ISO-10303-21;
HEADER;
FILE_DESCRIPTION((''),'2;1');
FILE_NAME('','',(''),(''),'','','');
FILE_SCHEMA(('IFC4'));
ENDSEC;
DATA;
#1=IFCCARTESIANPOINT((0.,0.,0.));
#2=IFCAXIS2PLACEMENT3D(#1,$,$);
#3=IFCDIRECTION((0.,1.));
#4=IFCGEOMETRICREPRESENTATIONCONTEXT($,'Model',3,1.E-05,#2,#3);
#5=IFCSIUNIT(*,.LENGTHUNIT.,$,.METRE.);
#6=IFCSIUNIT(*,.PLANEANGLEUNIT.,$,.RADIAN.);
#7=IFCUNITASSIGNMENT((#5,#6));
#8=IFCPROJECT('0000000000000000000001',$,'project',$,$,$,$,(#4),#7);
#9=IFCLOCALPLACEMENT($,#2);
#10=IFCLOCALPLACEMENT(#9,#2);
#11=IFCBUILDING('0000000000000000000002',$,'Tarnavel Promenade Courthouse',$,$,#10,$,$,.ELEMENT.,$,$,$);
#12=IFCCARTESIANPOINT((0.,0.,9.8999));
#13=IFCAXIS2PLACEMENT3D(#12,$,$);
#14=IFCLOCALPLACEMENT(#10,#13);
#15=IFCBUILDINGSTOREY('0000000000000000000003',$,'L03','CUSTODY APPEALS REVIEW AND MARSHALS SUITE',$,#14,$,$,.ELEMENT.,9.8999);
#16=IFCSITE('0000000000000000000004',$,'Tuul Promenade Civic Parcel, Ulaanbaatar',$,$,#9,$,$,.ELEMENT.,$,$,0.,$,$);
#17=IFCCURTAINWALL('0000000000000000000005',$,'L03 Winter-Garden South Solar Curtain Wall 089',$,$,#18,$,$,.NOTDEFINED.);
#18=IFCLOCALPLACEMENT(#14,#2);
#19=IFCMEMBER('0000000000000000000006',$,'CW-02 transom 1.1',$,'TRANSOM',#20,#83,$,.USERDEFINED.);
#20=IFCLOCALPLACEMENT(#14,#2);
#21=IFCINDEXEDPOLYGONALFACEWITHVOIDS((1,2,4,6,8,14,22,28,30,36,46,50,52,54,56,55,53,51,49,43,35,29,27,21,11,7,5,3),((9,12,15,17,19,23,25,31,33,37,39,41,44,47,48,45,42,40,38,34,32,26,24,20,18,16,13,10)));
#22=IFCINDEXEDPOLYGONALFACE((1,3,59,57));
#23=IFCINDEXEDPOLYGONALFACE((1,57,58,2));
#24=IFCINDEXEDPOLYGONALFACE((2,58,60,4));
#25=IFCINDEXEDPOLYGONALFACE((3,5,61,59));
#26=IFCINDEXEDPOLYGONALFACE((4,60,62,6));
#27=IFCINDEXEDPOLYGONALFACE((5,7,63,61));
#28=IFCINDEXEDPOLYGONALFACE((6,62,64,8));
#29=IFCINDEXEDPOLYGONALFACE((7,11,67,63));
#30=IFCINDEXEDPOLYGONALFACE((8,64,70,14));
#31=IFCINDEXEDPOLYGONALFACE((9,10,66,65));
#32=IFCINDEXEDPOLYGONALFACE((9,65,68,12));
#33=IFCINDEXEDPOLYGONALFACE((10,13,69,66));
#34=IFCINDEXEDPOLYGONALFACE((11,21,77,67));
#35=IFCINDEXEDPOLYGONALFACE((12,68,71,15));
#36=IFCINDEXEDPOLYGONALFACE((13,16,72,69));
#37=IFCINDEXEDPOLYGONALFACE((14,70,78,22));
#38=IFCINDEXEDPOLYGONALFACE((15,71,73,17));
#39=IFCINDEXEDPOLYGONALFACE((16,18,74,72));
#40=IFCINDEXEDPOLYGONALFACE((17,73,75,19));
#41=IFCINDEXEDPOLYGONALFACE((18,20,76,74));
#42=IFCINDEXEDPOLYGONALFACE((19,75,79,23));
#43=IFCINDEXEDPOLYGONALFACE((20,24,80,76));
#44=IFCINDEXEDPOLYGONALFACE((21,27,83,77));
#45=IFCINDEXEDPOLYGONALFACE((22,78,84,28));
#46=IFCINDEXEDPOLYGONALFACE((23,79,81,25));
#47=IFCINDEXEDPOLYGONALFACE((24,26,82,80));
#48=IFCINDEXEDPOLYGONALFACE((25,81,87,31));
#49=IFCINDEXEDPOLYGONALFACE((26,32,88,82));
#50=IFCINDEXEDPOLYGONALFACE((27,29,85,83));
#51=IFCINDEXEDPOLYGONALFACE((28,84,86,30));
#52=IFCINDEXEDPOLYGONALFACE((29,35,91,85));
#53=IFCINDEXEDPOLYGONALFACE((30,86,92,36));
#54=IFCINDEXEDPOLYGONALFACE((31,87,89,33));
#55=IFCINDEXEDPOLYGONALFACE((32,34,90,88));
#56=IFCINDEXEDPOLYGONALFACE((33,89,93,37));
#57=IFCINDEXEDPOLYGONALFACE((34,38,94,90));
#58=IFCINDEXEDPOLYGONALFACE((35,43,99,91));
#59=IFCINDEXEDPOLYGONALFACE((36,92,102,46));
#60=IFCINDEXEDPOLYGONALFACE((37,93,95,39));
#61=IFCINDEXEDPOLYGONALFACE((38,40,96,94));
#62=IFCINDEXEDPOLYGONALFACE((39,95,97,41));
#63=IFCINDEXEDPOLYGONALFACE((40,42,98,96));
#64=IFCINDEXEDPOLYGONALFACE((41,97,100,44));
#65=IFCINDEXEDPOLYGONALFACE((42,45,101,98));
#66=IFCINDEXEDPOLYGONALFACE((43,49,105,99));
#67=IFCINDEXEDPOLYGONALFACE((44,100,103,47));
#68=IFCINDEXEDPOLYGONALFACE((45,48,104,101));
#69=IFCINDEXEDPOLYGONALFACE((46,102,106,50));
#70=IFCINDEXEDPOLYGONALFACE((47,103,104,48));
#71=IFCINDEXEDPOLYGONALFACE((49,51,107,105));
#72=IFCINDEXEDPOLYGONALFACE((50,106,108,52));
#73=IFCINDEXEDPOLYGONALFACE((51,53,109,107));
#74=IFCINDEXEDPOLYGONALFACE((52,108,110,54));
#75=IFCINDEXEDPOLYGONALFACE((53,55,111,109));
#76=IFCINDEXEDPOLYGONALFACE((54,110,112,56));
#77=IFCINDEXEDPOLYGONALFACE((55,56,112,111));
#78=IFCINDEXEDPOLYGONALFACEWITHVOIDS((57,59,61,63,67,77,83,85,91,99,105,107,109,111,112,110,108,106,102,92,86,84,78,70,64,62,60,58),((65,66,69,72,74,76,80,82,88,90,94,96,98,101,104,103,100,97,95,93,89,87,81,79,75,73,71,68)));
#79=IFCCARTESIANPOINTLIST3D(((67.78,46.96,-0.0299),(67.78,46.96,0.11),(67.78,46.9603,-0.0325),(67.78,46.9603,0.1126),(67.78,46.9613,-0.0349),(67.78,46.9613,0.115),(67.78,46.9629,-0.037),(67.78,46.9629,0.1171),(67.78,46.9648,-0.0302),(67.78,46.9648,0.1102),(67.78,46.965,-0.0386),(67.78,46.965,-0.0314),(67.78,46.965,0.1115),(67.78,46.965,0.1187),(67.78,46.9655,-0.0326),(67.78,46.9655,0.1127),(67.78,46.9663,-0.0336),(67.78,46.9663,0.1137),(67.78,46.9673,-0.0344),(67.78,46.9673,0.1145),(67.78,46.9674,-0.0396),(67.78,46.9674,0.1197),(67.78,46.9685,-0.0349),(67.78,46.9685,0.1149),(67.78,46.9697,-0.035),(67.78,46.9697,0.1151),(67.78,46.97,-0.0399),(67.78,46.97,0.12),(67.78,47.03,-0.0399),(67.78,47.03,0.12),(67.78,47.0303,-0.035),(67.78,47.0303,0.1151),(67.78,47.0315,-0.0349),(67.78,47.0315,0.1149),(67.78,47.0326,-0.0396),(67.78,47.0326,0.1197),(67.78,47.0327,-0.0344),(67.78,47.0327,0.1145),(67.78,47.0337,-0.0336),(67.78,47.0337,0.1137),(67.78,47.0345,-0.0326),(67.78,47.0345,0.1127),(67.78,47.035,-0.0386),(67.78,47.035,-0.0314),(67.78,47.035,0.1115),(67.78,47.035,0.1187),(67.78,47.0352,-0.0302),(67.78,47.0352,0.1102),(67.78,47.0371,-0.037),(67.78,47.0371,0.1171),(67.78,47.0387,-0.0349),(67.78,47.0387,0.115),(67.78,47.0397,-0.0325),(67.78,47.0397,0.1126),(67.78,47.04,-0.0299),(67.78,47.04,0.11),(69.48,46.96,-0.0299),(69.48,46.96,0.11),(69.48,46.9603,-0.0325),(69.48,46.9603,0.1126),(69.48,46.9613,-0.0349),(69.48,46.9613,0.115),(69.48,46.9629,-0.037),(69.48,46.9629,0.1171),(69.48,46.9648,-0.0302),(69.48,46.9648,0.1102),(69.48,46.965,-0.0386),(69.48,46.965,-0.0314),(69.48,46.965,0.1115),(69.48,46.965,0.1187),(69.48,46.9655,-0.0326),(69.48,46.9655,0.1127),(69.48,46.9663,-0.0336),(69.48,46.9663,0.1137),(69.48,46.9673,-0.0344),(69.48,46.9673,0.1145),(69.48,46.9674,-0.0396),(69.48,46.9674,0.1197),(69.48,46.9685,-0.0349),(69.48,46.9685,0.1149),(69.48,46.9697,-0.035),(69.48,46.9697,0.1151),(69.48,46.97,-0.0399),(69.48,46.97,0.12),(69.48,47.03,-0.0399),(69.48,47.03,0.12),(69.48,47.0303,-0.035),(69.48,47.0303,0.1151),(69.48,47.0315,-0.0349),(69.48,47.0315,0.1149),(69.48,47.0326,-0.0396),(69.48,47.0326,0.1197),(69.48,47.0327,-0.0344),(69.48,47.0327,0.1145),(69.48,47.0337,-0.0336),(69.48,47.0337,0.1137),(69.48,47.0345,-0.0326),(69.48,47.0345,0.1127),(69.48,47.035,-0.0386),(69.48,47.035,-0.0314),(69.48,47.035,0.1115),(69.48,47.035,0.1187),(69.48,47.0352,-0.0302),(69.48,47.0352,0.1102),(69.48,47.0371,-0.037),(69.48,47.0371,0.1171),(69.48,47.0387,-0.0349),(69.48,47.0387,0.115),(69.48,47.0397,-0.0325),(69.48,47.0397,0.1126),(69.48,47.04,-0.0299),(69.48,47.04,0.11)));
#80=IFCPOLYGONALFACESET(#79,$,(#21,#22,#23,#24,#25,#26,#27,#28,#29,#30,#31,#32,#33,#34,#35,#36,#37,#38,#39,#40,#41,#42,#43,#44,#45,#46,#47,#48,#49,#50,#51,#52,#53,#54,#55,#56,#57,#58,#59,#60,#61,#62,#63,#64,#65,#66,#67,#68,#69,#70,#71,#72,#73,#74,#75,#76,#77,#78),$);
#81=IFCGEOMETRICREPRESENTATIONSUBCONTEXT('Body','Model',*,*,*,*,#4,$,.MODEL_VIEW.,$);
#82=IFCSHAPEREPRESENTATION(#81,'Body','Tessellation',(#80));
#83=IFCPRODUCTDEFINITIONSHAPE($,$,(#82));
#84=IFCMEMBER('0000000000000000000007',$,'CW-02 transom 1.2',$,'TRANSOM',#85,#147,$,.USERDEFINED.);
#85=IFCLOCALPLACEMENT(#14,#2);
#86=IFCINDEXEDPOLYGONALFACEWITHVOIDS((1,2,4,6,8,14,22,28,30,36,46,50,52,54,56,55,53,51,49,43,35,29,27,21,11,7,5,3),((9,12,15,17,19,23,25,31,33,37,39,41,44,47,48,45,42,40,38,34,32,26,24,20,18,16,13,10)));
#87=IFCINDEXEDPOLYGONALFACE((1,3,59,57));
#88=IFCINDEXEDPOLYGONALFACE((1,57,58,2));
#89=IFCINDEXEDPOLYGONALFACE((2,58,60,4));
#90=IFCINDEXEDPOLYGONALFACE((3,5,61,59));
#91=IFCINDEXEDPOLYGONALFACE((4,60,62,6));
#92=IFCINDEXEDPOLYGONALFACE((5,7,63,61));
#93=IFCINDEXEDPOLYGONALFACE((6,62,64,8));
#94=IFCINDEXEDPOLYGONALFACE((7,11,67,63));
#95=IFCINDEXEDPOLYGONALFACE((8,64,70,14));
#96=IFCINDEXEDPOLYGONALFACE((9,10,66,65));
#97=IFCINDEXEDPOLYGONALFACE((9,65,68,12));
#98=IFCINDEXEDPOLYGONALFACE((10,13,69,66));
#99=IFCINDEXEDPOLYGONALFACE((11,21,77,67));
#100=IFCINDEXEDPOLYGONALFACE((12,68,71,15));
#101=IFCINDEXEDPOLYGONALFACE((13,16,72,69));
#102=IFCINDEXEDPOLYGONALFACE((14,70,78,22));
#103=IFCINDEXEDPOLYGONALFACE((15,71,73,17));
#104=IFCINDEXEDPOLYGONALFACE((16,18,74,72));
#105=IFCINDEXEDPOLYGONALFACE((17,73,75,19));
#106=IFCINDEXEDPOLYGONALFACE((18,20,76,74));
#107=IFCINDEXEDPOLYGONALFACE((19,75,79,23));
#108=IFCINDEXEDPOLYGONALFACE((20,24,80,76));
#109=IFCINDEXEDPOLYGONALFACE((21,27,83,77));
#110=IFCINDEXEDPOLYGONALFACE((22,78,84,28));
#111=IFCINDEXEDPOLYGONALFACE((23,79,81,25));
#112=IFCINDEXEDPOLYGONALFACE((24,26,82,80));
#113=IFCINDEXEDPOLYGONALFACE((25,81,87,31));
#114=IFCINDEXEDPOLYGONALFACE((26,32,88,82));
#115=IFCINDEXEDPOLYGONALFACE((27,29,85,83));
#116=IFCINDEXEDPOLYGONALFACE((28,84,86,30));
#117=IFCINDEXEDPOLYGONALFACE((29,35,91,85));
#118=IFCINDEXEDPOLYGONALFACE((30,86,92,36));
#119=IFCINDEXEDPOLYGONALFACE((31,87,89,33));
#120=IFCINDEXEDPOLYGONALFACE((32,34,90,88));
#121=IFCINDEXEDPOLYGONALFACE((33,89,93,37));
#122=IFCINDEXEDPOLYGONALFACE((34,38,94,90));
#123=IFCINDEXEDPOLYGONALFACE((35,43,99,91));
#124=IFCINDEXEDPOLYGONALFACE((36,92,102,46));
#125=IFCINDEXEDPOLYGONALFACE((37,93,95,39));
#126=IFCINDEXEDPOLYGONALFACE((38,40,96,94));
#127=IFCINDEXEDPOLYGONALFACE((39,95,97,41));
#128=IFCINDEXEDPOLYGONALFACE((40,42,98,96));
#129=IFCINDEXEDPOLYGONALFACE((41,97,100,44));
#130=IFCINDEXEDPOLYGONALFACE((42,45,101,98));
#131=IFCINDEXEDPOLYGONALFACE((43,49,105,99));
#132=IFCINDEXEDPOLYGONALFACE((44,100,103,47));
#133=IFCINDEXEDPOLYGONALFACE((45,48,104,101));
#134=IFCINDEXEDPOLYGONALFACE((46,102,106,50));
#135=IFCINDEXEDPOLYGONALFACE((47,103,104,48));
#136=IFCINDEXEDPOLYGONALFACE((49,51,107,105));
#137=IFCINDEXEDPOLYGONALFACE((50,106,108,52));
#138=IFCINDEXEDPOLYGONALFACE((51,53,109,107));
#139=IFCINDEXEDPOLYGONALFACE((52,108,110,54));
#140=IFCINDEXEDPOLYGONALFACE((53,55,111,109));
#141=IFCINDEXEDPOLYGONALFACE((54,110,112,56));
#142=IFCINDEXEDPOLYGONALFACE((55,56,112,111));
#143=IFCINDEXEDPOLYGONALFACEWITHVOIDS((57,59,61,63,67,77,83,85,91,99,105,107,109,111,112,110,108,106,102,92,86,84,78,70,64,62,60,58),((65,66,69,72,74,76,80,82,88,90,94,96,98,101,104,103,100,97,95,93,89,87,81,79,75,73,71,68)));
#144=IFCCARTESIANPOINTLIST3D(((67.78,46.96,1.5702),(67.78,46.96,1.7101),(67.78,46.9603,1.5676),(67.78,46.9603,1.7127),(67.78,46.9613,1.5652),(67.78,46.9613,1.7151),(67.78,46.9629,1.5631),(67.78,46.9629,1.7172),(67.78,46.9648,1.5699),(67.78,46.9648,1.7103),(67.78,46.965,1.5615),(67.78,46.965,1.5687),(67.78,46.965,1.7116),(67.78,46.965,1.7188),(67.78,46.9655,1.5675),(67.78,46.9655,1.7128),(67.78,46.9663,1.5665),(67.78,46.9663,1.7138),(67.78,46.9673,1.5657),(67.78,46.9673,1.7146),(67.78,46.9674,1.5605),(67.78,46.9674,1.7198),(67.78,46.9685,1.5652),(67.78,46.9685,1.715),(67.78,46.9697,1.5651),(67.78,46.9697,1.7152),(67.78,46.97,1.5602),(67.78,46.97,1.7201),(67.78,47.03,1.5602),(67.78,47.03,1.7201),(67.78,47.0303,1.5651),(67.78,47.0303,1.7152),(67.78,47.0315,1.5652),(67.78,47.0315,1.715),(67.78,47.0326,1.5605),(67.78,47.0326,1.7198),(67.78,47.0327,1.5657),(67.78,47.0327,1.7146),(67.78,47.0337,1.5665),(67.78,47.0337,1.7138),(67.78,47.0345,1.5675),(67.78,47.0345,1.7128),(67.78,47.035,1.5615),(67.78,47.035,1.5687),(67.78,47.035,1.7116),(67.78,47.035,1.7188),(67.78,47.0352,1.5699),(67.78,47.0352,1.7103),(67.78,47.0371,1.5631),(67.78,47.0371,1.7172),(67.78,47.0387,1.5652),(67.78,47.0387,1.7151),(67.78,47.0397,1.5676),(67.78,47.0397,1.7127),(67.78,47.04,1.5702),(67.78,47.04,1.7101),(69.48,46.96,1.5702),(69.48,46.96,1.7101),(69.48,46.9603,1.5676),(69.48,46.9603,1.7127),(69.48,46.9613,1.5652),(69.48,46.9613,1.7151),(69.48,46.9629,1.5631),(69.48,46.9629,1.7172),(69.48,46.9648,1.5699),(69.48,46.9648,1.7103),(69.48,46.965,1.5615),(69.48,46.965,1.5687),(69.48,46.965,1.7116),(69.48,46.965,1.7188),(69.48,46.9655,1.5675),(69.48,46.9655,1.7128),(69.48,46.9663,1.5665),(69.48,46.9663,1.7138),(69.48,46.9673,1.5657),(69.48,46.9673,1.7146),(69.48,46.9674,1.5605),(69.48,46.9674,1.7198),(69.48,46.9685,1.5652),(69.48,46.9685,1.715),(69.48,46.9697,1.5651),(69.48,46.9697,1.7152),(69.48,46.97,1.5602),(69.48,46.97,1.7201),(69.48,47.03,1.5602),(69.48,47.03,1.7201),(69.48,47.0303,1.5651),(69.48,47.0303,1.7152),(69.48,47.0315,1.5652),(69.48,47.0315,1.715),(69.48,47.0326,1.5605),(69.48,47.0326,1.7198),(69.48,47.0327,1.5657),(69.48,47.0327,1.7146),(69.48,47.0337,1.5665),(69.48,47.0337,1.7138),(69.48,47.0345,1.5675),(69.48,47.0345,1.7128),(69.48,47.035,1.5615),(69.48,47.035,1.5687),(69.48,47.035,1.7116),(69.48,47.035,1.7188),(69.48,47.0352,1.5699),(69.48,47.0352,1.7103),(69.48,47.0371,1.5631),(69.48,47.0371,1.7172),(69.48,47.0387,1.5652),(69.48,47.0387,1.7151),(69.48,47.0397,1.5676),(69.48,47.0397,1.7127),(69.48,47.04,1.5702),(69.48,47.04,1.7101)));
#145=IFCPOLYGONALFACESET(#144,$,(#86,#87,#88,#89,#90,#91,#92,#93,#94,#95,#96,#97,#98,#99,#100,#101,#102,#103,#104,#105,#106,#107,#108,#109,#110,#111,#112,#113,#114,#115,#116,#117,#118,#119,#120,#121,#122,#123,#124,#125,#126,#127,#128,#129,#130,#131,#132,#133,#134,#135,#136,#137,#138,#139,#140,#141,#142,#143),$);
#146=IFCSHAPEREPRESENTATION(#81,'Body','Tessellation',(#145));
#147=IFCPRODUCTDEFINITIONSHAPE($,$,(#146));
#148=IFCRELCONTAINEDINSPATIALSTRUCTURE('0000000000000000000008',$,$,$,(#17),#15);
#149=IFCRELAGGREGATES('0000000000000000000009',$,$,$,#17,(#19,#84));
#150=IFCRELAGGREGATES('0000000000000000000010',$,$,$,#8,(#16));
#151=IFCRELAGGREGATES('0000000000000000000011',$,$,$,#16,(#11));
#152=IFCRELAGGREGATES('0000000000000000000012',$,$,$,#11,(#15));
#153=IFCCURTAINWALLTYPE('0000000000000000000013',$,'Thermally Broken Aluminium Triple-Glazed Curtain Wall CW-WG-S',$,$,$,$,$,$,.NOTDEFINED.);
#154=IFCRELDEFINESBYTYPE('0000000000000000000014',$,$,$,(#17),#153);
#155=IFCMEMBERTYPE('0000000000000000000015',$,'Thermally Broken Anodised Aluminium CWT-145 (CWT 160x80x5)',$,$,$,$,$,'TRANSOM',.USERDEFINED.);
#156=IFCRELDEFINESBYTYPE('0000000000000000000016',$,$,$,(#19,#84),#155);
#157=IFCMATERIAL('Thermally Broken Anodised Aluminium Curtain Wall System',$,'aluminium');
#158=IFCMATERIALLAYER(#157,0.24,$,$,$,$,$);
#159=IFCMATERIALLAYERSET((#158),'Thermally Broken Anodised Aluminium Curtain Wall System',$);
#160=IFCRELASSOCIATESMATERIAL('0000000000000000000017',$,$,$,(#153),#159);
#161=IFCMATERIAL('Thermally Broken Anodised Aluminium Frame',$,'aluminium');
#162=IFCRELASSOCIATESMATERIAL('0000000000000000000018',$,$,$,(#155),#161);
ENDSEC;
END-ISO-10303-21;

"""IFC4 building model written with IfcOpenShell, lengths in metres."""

from ifc_helpers import new_model, si_unit, direction, frame, origin, origin_2d, place, context, subcontext, project, spatial, hollow_rectangle, extrude, material, layer, layer_set, material_profile, profile_set, type_object, element, aggregate, save


model = new_model("IFC4")

# Units and contexts
model_context = context("Model", 3, precision=1e-05, world=origin(), true_north=direction((0.0, 1.0)))
body_context = subcontext(model_context, "Body", "Model", "MODEL_VIEW")
ifc_project = project(units=[si_unit("LENGTHUNIT", "METRE"), si_unit("PLANEANGLEUNIT", "RADIAN")], contexts=[model_context])

# Site, building, storey
site_placement = place(None, origin())
site = spatial("IfcSite", under=ifc_project, at=site_placement, Name="Tuul Promenade Civic Parcel, Ulaanbaatar", CompositionType="ELEMENT", RefElevation=0.0)
building_placement = place(site_placement, origin())
building = spatial("IfcBuilding", under=site, at=building_placement, Name="Tarnavel Promenade Courthouse", CompositionType="ELEMENT")
storey_placement = place(building_placement, frame((0.0, 0.0, 9.8999)))
storey = spatial("IfcBuildingStorey", under=building, at=storey_placement, Name="L03", Description="CUSTODY APPEALS REVIEW AND MARSHALS SUITE", CompositionType="ELEMENT", Elevation=9.8999)

# Curtain wall
ifc_material_1 = material(Name="Thermally Broken Anodised Aluminium Curtain Wall System", Category="aluminium")
ifc_layer_1 = layer(ifc_material_1, 0.24)
ifc_layer_set_1 = layer_set([ifc_layer_1], Name="Thermally Broken Anodised Aluminium Curtain Wall System")
curtain_wall_type = type_object("IfcCurtainWallType", Name="Thermally Broken Aluminium Triple-Glazed Curtain Wall CW-WG-S", PredefinedType="NOTDEFINED", material=ifc_layer_set_1)
ifc_material_2 = material(Name="Thermally Broken Anodised Aluminium Frame", Category="aluminium")
curtain_wall_1_placement = place(storey_placement, origin())
curtain_wall_1 = element("IfcCurtainWall", 1, at=curtain_wall_1_placement, inside=storey, type_object=curtain_wall_type, Name="L03 Winter-Garden South Solar Curtain Wall 089", PredefinedType="NOTDEFINED")

# Members
ifc_material_profile_1 = material_profile(ifc_material_2, hollow_rectangle(XDim=0.0801, YDim=0.1599, WallThickness=0.0049, InnerFilletRadius=0.0049, OuterFilletRadius=0.01, at=origin_2d()), Name="CWT 160x80x5")
ifc_profile_set_1 = profile_set([ifc_material_profile_1], Name="Thermally Broken Anodised Aluminium Frame")
member_type_1 = type_object("IfcMemberType", Name="Thermally Broken Anodised Aluminium CWT-145 (CWT 160x80x5)", ElementType="TRANSOM", PredefinedType="USERDEFINED", material=ifc_profile_set_1)
member_1_placement = place(storey_placement, frame((67.78, 47.0, 0.04), z_axis=(1.0, 0.0, 0.0), x_axis=(0.0, 1.0, 0.0)))
member_1 = element("IfcMember", 2, at=member_1_placement, type_object=member_type_1, Name="CW-02 transom 1.1", ObjectType="TRANSOM", PredefinedType="USERDEFINED", context=body_context, shape_type="SweptSolid", body=[
    extrude(hollow_rectangle(XDim=0.0801, YDim=0.1599, WallThickness=0.0049, InnerFilletRadius=0.0049, OuterFilletRadius=0.01, at=origin_2d()), origin(), (0.0, 0.0, 1.0), 1.7),
])
member_2_placement = place(storey_placement, frame((67.78, 47.0, 1.6401), z_axis=(1.0, 0.0, 0.0), x_axis=(0.0, 1.0, 0.0)))
member_2 = element("IfcMember", 3, at=member_2_placement, type_object=member_type_1, Name="CW-02 transom 1.2", ObjectType="TRANSOM", PredefinedType="USERDEFINED", context=body_context, shape_type="SweptSolid", body=[
    extrude(hollow_rectangle(XDim=0.0801, YDim=0.1599, WallThickness=0.0049, InnerFilletRadius=0.0049, OuterFilletRadius=0.01, at=origin_2d()), origin(), (0.0, 0.0, 1.0), 1.7),
])

aggregate(curtain_wall_1, [member_1, member_2])

save(model, "model.ifc")
